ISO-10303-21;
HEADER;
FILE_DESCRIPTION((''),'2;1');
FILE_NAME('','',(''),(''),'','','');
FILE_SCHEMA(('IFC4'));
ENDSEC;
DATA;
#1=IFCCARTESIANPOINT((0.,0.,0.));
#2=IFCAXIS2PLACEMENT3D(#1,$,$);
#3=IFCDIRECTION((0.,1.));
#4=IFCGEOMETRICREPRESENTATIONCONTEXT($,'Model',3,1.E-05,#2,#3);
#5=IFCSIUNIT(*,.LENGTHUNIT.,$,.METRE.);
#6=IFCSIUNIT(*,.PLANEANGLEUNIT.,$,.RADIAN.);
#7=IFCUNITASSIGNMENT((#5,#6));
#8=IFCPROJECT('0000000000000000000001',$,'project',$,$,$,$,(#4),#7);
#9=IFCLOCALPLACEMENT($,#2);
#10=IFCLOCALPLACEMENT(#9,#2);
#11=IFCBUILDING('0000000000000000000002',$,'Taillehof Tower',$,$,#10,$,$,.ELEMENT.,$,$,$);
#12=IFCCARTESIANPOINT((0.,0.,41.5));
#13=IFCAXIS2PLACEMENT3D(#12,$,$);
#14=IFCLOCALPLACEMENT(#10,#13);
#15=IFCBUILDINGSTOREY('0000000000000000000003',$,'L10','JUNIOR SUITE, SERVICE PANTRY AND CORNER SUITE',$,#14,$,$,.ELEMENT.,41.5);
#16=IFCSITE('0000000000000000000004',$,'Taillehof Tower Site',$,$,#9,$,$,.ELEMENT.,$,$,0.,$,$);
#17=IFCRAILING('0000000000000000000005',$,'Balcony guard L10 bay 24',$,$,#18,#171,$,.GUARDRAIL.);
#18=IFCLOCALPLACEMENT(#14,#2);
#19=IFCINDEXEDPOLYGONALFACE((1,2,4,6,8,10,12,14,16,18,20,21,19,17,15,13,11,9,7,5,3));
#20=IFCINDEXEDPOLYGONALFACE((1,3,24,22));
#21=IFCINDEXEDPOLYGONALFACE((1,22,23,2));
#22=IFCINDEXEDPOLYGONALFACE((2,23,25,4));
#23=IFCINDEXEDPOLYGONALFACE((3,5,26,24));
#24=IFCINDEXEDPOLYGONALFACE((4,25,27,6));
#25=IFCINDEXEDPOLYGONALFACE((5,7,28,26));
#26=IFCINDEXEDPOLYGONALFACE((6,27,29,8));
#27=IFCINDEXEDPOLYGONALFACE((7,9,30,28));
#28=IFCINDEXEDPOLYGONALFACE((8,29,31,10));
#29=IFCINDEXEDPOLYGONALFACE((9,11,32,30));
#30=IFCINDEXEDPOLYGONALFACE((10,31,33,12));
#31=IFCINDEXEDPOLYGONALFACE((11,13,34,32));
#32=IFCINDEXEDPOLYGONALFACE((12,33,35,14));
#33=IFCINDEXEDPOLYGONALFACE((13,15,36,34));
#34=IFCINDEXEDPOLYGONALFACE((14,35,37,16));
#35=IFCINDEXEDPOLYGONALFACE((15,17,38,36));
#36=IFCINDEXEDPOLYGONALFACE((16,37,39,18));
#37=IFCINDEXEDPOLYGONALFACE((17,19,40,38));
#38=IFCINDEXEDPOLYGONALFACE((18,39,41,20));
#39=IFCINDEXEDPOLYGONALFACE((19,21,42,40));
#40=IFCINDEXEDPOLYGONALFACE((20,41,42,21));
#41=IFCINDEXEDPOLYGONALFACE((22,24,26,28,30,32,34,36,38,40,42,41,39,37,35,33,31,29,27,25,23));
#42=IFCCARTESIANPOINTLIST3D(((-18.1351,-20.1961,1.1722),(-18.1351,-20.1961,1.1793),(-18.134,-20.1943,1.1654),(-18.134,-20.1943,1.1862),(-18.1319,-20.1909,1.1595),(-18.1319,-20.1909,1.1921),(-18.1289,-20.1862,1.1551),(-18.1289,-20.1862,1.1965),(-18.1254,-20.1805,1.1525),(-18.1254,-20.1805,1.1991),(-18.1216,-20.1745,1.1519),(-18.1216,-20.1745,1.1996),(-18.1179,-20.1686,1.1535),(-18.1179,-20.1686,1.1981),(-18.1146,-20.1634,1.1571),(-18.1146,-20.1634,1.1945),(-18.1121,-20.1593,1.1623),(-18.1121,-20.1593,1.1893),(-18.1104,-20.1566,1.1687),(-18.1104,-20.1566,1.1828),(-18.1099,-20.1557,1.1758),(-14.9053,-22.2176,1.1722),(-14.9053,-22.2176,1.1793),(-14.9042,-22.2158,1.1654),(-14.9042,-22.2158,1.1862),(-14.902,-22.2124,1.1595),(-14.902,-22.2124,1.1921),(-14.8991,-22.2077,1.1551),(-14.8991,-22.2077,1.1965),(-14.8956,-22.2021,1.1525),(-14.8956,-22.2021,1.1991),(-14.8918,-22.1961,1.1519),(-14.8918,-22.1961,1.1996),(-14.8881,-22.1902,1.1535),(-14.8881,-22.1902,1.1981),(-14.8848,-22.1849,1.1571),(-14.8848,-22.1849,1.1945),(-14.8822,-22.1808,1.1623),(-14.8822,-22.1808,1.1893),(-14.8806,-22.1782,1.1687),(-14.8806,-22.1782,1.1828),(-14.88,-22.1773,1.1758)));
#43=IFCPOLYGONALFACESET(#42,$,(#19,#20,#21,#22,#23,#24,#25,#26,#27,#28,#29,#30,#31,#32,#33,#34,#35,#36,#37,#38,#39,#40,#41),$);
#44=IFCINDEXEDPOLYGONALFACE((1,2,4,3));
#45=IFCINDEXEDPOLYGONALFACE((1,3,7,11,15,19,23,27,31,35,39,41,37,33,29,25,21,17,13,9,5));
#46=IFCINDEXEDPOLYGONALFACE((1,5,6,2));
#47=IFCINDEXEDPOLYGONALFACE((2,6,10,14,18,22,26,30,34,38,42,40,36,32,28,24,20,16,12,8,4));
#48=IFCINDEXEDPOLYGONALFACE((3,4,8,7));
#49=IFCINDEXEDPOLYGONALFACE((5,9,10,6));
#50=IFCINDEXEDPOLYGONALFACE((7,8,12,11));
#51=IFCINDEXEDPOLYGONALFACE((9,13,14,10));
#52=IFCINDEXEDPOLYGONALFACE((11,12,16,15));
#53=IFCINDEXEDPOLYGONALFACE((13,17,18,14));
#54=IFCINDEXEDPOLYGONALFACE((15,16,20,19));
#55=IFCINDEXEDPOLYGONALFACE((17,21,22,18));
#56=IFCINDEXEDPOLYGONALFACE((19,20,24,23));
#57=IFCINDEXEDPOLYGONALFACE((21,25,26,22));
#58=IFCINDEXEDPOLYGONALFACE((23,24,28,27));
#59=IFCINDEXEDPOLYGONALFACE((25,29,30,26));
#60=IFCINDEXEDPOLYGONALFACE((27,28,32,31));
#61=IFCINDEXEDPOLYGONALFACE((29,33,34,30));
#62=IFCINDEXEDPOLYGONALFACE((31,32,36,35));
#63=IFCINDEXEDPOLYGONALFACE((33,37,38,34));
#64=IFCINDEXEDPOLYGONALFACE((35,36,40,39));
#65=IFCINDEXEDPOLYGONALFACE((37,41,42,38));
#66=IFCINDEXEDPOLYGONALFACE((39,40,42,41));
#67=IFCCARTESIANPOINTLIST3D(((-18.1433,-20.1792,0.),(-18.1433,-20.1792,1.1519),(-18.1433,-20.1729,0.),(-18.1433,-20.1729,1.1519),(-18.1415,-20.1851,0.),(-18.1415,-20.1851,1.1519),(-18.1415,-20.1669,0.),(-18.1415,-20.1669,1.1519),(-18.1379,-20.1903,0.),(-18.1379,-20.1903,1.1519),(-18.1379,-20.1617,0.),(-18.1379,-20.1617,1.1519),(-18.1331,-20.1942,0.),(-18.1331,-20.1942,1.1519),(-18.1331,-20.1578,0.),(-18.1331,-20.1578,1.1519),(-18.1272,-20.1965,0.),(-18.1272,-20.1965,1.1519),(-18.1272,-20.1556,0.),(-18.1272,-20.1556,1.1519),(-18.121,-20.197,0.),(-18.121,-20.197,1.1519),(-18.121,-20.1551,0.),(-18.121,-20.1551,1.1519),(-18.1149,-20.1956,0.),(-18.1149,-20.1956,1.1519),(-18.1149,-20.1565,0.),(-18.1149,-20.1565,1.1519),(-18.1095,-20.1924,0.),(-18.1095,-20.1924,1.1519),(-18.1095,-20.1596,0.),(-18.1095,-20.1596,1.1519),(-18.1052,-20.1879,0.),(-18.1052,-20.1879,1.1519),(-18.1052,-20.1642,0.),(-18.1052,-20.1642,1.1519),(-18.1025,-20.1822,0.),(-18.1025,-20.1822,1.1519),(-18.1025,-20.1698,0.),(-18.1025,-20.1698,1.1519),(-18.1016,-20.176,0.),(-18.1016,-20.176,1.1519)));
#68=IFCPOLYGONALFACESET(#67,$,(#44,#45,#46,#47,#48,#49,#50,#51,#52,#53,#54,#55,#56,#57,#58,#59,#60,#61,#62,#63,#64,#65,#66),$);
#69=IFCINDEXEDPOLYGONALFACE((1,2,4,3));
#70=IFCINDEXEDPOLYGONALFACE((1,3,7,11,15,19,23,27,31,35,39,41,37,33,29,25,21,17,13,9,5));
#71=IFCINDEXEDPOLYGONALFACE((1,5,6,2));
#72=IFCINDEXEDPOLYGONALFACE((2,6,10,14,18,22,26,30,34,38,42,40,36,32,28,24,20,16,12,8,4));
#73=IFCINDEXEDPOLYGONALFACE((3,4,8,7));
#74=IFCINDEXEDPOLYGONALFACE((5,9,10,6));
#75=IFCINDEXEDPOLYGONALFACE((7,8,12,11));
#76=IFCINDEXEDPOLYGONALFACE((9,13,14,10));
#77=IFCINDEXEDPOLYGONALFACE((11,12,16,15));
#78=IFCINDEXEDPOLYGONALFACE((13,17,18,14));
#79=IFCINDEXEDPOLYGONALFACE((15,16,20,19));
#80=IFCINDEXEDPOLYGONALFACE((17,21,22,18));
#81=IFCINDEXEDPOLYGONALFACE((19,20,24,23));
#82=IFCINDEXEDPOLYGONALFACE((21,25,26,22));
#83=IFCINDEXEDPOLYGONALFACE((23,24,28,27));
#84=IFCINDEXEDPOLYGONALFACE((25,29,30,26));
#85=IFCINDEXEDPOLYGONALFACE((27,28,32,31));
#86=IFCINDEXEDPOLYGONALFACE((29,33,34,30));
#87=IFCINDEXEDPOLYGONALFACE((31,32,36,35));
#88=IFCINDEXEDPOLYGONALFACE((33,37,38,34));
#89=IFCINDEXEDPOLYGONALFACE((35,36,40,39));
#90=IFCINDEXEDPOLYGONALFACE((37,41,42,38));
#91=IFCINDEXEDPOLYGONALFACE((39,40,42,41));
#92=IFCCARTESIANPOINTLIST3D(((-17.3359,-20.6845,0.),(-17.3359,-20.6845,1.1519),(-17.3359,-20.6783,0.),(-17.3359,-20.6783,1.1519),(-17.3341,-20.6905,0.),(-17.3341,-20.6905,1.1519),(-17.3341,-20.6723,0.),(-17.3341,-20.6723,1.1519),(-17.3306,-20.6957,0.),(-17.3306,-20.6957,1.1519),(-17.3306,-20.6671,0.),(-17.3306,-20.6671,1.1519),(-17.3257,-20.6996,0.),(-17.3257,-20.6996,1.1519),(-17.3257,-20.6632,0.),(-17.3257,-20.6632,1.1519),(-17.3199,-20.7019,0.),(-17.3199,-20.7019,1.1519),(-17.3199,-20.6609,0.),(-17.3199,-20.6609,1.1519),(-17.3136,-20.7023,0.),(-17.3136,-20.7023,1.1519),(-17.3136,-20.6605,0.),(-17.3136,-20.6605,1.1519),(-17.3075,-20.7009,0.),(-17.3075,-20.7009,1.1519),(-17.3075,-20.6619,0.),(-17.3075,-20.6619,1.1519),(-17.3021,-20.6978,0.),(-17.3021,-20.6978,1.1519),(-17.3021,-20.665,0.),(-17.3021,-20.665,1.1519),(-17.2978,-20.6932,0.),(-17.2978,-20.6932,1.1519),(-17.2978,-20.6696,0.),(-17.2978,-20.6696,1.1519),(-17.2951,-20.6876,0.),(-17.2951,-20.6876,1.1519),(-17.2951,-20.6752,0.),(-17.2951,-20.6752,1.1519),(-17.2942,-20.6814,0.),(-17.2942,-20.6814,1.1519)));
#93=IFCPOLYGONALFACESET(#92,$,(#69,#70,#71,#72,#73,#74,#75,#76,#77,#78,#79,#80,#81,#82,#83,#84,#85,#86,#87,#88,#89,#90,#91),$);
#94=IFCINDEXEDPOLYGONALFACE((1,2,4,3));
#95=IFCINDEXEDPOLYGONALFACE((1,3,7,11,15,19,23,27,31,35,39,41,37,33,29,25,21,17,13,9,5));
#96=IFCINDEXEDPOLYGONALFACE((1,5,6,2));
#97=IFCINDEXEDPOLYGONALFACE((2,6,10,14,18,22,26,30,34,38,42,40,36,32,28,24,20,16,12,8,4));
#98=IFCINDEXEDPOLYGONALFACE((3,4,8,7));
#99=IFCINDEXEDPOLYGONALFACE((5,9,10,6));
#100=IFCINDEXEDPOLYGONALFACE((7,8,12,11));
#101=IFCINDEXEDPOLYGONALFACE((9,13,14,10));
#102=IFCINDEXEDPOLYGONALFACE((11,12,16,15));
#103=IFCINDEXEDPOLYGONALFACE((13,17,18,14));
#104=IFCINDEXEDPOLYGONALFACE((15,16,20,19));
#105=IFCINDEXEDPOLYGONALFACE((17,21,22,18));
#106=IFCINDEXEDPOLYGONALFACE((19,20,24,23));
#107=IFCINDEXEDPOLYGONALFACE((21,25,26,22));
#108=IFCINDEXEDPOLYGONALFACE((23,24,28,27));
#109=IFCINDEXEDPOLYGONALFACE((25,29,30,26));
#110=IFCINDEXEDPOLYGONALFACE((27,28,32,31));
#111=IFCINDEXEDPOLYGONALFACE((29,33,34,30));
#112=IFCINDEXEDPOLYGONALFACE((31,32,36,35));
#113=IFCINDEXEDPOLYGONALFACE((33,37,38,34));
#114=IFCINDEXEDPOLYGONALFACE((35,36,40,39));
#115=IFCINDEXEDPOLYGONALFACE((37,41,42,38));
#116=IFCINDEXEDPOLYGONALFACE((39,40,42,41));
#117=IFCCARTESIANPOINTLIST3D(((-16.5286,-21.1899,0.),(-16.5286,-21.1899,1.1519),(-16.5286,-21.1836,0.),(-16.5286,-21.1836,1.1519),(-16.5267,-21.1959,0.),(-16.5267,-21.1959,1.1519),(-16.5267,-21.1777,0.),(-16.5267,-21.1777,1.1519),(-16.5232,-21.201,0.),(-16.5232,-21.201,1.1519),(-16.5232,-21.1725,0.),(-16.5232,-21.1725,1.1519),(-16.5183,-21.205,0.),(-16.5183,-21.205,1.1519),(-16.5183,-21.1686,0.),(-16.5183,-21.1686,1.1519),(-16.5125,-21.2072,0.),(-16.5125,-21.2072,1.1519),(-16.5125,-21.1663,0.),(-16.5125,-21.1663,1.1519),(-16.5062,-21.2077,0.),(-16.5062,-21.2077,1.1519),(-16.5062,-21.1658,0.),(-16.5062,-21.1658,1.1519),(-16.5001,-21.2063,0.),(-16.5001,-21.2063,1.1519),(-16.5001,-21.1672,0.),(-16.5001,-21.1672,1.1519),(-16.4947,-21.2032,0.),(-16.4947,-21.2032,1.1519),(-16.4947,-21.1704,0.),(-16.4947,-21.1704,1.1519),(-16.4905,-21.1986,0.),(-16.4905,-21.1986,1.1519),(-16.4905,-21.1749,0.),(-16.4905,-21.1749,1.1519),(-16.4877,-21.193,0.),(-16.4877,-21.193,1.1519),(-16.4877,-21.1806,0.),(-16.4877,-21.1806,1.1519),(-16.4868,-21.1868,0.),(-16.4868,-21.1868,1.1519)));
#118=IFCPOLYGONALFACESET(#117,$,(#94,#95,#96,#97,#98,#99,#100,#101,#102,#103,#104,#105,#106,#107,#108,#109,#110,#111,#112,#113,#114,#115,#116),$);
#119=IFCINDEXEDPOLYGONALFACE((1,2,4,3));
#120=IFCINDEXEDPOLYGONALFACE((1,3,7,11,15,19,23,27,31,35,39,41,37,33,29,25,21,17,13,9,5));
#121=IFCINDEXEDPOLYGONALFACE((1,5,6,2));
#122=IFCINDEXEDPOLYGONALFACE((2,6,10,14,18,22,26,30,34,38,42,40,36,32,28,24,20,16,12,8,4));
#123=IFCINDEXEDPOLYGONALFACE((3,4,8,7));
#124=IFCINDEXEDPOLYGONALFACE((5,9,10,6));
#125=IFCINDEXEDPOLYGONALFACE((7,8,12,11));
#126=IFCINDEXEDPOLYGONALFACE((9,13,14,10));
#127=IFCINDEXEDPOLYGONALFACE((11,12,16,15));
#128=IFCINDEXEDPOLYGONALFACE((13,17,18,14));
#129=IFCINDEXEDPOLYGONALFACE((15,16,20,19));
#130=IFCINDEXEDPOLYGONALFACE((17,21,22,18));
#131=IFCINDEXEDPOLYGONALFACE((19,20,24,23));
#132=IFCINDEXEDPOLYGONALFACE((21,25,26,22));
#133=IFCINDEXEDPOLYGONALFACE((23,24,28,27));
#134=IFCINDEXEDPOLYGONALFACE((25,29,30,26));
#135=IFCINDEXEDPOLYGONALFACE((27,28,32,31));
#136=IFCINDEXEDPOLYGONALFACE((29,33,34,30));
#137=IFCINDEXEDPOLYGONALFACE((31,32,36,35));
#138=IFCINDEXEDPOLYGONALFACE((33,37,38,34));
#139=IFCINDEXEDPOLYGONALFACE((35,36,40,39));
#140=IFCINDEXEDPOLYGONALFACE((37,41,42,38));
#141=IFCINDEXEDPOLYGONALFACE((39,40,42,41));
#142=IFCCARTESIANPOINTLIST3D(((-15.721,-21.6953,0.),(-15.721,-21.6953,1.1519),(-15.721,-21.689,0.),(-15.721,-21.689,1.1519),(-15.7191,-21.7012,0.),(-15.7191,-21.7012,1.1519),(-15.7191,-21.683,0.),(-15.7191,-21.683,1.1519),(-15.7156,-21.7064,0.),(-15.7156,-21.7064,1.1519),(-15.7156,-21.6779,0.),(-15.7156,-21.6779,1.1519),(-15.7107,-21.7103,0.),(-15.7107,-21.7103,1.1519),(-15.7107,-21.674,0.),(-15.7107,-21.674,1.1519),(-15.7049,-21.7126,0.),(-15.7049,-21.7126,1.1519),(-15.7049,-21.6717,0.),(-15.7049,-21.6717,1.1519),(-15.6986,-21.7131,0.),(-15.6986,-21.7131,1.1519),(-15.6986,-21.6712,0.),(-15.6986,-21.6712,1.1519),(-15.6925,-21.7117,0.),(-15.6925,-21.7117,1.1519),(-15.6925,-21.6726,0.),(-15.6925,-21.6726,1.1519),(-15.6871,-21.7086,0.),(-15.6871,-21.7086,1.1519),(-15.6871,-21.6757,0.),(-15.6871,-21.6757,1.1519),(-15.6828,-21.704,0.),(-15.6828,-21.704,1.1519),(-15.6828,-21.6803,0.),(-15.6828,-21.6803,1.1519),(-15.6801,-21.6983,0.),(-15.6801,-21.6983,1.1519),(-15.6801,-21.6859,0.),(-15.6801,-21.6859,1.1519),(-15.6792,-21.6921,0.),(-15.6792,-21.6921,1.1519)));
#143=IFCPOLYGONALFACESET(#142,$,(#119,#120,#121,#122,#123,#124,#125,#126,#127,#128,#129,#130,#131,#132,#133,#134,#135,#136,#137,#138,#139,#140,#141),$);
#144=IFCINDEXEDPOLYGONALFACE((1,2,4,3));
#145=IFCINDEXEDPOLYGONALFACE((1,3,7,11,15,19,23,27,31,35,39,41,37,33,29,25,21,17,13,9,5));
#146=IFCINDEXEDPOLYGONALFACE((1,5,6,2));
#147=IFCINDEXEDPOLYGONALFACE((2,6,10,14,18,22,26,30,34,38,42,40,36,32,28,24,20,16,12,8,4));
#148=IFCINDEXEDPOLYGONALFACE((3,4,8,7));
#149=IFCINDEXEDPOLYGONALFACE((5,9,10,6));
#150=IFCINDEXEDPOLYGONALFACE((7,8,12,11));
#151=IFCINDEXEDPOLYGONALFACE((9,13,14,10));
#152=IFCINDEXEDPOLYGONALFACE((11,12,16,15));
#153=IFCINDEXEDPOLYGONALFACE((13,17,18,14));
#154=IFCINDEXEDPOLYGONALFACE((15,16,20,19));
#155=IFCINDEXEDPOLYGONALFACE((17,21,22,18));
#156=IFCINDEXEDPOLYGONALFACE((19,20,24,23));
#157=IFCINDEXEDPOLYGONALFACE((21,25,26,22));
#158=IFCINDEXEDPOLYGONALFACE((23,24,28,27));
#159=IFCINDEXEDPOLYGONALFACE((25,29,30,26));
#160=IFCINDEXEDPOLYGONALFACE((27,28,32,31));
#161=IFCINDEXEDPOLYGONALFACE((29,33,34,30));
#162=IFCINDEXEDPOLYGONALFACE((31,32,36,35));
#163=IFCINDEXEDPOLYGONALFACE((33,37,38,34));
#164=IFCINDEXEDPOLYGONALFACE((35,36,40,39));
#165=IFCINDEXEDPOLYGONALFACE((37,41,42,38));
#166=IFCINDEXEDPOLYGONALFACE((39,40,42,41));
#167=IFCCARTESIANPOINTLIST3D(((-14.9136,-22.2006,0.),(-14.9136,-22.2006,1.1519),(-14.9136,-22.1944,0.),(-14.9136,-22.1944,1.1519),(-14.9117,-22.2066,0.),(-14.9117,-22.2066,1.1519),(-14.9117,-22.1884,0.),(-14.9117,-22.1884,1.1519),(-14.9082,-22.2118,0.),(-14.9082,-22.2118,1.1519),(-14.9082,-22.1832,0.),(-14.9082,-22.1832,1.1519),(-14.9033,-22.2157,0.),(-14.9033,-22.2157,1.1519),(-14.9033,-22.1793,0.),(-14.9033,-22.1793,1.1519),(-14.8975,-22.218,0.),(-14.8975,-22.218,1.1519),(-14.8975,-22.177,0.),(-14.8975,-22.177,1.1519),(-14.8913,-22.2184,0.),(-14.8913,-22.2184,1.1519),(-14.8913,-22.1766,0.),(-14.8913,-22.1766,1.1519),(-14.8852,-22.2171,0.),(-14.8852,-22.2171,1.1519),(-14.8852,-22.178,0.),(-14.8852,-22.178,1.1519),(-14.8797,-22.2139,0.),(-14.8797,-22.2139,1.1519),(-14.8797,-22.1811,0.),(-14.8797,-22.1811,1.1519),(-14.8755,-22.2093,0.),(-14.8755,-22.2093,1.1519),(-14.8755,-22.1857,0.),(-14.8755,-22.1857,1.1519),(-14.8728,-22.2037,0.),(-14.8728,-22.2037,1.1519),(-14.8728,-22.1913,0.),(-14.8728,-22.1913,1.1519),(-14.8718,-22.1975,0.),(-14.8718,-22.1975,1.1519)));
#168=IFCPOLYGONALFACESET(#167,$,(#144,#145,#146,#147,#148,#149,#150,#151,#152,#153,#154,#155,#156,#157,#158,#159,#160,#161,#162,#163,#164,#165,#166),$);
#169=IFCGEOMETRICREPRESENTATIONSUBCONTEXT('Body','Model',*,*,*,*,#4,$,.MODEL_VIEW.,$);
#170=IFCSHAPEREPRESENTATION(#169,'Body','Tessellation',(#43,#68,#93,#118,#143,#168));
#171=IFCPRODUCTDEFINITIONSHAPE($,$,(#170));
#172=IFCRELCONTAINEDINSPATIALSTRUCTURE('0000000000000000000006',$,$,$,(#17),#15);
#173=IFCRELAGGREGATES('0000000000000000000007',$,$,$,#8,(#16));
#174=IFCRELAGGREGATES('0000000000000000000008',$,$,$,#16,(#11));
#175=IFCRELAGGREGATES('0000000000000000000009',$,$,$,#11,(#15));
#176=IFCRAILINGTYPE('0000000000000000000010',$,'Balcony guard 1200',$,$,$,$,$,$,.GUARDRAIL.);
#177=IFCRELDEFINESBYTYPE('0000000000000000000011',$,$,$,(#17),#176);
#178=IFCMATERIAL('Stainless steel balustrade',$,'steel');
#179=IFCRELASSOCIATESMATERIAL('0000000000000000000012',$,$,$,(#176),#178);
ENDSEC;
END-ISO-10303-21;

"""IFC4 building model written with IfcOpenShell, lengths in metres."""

from ifc_helpers import new_model, si_unit, direction, frame, origin, origin_2d, place, context, subcontext, project, spatial, circle, extrude, material, type_object, element, save


model = new_model("IFC4")

# Units and contexts
model_context = context("Model", 3, precision=1e-05, world=origin(), true_north=direction((0.0, 1.0)))
body_context = subcontext(model_context, "Body", "Model", "MODEL_VIEW")
ifc_project = project(units=[si_unit("LENGTHUNIT", "METRE"), si_unit("PLANEANGLEUNIT", "RADIAN")], contexts=[model_context])

# Site, building, storey
site_placement = place(None, origin())
site = spatial("IfcSite", under=ifc_project, at=site_placement, Name="Taillehof Tower Site", CompositionType="ELEMENT", RefElevation=0.0)
building_placement = place(site_placement, origin())
building = spatial("IfcBuilding", under=site, at=building_placement, Name="Taillehof Tower", CompositionType="ELEMENT")
storey_placement = place(building_placement, frame((0.0, 0.0, 41.5)))
storey = spatial("IfcBuildingStorey", under=building, at=storey_placement, Name="L10", Description="JUNIOR SUITE, SERVICE PANTRY AND CORNER SUITE", CompositionType="ELEMENT", Elevation=41.5)

# Railing
ifc_material_1 = material(Name="Stainless steel balustrade", Category="steel")
railing_type = type_object("IfcRailingType", Name="Balcony guard 1200", PredefinedType="GUARDRAIL", material=ifc_material_1)
railing_placement = place(storey_placement, frame((-18.1226, -20.176, 0.0)))
element("IfcRailing", 1, at=railing_placement, inside=storey, type_object=railing_type, Name="Balcony guard L10 bay 24", PredefinedType="GUARDRAIL", context=body_context, shape_type="SweptSolid", body=[
    extrude(circle(Radius=0.0239, at=origin_2d()), frame((0.0, 0.0, 1.1758), z_axis=(0.847656, -0.530546, 0.0), x_axis=(0.530546, 0.847656, 0.0)), (0.0, 0.0, 1.0), 3.8103),
    extrude(circle(Radius=0.021, at=origin_2d()), origin(), (0.0, 0.0, 1.0), 1.1519),
    extrude(circle(Radius=0.021, at=origin_2d()), frame((0.8074, -0.5054, 0.0)), (0.0, 0.0, 1.0), 1.1519),
    extrude(circle(Radius=0.021, at=origin_2d()), frame((1.6147, -1.0107, 0.0)), (0.0, 0.0, 1.0), 1.1519),
    extrude(circle(Radius=0.021, at=origin_2d()), frame((2.4224, -1.5161, 0.0)), (0.0, 0.0, 1.0), 1.1519),
    extrude(circle(Radius=0.021, at=origin_2d()), frame((3.2297, -2.0215, 0.0)), (0.0, 0.0, 1.0), 1.1519),
])

save(model, "model.ifc")
